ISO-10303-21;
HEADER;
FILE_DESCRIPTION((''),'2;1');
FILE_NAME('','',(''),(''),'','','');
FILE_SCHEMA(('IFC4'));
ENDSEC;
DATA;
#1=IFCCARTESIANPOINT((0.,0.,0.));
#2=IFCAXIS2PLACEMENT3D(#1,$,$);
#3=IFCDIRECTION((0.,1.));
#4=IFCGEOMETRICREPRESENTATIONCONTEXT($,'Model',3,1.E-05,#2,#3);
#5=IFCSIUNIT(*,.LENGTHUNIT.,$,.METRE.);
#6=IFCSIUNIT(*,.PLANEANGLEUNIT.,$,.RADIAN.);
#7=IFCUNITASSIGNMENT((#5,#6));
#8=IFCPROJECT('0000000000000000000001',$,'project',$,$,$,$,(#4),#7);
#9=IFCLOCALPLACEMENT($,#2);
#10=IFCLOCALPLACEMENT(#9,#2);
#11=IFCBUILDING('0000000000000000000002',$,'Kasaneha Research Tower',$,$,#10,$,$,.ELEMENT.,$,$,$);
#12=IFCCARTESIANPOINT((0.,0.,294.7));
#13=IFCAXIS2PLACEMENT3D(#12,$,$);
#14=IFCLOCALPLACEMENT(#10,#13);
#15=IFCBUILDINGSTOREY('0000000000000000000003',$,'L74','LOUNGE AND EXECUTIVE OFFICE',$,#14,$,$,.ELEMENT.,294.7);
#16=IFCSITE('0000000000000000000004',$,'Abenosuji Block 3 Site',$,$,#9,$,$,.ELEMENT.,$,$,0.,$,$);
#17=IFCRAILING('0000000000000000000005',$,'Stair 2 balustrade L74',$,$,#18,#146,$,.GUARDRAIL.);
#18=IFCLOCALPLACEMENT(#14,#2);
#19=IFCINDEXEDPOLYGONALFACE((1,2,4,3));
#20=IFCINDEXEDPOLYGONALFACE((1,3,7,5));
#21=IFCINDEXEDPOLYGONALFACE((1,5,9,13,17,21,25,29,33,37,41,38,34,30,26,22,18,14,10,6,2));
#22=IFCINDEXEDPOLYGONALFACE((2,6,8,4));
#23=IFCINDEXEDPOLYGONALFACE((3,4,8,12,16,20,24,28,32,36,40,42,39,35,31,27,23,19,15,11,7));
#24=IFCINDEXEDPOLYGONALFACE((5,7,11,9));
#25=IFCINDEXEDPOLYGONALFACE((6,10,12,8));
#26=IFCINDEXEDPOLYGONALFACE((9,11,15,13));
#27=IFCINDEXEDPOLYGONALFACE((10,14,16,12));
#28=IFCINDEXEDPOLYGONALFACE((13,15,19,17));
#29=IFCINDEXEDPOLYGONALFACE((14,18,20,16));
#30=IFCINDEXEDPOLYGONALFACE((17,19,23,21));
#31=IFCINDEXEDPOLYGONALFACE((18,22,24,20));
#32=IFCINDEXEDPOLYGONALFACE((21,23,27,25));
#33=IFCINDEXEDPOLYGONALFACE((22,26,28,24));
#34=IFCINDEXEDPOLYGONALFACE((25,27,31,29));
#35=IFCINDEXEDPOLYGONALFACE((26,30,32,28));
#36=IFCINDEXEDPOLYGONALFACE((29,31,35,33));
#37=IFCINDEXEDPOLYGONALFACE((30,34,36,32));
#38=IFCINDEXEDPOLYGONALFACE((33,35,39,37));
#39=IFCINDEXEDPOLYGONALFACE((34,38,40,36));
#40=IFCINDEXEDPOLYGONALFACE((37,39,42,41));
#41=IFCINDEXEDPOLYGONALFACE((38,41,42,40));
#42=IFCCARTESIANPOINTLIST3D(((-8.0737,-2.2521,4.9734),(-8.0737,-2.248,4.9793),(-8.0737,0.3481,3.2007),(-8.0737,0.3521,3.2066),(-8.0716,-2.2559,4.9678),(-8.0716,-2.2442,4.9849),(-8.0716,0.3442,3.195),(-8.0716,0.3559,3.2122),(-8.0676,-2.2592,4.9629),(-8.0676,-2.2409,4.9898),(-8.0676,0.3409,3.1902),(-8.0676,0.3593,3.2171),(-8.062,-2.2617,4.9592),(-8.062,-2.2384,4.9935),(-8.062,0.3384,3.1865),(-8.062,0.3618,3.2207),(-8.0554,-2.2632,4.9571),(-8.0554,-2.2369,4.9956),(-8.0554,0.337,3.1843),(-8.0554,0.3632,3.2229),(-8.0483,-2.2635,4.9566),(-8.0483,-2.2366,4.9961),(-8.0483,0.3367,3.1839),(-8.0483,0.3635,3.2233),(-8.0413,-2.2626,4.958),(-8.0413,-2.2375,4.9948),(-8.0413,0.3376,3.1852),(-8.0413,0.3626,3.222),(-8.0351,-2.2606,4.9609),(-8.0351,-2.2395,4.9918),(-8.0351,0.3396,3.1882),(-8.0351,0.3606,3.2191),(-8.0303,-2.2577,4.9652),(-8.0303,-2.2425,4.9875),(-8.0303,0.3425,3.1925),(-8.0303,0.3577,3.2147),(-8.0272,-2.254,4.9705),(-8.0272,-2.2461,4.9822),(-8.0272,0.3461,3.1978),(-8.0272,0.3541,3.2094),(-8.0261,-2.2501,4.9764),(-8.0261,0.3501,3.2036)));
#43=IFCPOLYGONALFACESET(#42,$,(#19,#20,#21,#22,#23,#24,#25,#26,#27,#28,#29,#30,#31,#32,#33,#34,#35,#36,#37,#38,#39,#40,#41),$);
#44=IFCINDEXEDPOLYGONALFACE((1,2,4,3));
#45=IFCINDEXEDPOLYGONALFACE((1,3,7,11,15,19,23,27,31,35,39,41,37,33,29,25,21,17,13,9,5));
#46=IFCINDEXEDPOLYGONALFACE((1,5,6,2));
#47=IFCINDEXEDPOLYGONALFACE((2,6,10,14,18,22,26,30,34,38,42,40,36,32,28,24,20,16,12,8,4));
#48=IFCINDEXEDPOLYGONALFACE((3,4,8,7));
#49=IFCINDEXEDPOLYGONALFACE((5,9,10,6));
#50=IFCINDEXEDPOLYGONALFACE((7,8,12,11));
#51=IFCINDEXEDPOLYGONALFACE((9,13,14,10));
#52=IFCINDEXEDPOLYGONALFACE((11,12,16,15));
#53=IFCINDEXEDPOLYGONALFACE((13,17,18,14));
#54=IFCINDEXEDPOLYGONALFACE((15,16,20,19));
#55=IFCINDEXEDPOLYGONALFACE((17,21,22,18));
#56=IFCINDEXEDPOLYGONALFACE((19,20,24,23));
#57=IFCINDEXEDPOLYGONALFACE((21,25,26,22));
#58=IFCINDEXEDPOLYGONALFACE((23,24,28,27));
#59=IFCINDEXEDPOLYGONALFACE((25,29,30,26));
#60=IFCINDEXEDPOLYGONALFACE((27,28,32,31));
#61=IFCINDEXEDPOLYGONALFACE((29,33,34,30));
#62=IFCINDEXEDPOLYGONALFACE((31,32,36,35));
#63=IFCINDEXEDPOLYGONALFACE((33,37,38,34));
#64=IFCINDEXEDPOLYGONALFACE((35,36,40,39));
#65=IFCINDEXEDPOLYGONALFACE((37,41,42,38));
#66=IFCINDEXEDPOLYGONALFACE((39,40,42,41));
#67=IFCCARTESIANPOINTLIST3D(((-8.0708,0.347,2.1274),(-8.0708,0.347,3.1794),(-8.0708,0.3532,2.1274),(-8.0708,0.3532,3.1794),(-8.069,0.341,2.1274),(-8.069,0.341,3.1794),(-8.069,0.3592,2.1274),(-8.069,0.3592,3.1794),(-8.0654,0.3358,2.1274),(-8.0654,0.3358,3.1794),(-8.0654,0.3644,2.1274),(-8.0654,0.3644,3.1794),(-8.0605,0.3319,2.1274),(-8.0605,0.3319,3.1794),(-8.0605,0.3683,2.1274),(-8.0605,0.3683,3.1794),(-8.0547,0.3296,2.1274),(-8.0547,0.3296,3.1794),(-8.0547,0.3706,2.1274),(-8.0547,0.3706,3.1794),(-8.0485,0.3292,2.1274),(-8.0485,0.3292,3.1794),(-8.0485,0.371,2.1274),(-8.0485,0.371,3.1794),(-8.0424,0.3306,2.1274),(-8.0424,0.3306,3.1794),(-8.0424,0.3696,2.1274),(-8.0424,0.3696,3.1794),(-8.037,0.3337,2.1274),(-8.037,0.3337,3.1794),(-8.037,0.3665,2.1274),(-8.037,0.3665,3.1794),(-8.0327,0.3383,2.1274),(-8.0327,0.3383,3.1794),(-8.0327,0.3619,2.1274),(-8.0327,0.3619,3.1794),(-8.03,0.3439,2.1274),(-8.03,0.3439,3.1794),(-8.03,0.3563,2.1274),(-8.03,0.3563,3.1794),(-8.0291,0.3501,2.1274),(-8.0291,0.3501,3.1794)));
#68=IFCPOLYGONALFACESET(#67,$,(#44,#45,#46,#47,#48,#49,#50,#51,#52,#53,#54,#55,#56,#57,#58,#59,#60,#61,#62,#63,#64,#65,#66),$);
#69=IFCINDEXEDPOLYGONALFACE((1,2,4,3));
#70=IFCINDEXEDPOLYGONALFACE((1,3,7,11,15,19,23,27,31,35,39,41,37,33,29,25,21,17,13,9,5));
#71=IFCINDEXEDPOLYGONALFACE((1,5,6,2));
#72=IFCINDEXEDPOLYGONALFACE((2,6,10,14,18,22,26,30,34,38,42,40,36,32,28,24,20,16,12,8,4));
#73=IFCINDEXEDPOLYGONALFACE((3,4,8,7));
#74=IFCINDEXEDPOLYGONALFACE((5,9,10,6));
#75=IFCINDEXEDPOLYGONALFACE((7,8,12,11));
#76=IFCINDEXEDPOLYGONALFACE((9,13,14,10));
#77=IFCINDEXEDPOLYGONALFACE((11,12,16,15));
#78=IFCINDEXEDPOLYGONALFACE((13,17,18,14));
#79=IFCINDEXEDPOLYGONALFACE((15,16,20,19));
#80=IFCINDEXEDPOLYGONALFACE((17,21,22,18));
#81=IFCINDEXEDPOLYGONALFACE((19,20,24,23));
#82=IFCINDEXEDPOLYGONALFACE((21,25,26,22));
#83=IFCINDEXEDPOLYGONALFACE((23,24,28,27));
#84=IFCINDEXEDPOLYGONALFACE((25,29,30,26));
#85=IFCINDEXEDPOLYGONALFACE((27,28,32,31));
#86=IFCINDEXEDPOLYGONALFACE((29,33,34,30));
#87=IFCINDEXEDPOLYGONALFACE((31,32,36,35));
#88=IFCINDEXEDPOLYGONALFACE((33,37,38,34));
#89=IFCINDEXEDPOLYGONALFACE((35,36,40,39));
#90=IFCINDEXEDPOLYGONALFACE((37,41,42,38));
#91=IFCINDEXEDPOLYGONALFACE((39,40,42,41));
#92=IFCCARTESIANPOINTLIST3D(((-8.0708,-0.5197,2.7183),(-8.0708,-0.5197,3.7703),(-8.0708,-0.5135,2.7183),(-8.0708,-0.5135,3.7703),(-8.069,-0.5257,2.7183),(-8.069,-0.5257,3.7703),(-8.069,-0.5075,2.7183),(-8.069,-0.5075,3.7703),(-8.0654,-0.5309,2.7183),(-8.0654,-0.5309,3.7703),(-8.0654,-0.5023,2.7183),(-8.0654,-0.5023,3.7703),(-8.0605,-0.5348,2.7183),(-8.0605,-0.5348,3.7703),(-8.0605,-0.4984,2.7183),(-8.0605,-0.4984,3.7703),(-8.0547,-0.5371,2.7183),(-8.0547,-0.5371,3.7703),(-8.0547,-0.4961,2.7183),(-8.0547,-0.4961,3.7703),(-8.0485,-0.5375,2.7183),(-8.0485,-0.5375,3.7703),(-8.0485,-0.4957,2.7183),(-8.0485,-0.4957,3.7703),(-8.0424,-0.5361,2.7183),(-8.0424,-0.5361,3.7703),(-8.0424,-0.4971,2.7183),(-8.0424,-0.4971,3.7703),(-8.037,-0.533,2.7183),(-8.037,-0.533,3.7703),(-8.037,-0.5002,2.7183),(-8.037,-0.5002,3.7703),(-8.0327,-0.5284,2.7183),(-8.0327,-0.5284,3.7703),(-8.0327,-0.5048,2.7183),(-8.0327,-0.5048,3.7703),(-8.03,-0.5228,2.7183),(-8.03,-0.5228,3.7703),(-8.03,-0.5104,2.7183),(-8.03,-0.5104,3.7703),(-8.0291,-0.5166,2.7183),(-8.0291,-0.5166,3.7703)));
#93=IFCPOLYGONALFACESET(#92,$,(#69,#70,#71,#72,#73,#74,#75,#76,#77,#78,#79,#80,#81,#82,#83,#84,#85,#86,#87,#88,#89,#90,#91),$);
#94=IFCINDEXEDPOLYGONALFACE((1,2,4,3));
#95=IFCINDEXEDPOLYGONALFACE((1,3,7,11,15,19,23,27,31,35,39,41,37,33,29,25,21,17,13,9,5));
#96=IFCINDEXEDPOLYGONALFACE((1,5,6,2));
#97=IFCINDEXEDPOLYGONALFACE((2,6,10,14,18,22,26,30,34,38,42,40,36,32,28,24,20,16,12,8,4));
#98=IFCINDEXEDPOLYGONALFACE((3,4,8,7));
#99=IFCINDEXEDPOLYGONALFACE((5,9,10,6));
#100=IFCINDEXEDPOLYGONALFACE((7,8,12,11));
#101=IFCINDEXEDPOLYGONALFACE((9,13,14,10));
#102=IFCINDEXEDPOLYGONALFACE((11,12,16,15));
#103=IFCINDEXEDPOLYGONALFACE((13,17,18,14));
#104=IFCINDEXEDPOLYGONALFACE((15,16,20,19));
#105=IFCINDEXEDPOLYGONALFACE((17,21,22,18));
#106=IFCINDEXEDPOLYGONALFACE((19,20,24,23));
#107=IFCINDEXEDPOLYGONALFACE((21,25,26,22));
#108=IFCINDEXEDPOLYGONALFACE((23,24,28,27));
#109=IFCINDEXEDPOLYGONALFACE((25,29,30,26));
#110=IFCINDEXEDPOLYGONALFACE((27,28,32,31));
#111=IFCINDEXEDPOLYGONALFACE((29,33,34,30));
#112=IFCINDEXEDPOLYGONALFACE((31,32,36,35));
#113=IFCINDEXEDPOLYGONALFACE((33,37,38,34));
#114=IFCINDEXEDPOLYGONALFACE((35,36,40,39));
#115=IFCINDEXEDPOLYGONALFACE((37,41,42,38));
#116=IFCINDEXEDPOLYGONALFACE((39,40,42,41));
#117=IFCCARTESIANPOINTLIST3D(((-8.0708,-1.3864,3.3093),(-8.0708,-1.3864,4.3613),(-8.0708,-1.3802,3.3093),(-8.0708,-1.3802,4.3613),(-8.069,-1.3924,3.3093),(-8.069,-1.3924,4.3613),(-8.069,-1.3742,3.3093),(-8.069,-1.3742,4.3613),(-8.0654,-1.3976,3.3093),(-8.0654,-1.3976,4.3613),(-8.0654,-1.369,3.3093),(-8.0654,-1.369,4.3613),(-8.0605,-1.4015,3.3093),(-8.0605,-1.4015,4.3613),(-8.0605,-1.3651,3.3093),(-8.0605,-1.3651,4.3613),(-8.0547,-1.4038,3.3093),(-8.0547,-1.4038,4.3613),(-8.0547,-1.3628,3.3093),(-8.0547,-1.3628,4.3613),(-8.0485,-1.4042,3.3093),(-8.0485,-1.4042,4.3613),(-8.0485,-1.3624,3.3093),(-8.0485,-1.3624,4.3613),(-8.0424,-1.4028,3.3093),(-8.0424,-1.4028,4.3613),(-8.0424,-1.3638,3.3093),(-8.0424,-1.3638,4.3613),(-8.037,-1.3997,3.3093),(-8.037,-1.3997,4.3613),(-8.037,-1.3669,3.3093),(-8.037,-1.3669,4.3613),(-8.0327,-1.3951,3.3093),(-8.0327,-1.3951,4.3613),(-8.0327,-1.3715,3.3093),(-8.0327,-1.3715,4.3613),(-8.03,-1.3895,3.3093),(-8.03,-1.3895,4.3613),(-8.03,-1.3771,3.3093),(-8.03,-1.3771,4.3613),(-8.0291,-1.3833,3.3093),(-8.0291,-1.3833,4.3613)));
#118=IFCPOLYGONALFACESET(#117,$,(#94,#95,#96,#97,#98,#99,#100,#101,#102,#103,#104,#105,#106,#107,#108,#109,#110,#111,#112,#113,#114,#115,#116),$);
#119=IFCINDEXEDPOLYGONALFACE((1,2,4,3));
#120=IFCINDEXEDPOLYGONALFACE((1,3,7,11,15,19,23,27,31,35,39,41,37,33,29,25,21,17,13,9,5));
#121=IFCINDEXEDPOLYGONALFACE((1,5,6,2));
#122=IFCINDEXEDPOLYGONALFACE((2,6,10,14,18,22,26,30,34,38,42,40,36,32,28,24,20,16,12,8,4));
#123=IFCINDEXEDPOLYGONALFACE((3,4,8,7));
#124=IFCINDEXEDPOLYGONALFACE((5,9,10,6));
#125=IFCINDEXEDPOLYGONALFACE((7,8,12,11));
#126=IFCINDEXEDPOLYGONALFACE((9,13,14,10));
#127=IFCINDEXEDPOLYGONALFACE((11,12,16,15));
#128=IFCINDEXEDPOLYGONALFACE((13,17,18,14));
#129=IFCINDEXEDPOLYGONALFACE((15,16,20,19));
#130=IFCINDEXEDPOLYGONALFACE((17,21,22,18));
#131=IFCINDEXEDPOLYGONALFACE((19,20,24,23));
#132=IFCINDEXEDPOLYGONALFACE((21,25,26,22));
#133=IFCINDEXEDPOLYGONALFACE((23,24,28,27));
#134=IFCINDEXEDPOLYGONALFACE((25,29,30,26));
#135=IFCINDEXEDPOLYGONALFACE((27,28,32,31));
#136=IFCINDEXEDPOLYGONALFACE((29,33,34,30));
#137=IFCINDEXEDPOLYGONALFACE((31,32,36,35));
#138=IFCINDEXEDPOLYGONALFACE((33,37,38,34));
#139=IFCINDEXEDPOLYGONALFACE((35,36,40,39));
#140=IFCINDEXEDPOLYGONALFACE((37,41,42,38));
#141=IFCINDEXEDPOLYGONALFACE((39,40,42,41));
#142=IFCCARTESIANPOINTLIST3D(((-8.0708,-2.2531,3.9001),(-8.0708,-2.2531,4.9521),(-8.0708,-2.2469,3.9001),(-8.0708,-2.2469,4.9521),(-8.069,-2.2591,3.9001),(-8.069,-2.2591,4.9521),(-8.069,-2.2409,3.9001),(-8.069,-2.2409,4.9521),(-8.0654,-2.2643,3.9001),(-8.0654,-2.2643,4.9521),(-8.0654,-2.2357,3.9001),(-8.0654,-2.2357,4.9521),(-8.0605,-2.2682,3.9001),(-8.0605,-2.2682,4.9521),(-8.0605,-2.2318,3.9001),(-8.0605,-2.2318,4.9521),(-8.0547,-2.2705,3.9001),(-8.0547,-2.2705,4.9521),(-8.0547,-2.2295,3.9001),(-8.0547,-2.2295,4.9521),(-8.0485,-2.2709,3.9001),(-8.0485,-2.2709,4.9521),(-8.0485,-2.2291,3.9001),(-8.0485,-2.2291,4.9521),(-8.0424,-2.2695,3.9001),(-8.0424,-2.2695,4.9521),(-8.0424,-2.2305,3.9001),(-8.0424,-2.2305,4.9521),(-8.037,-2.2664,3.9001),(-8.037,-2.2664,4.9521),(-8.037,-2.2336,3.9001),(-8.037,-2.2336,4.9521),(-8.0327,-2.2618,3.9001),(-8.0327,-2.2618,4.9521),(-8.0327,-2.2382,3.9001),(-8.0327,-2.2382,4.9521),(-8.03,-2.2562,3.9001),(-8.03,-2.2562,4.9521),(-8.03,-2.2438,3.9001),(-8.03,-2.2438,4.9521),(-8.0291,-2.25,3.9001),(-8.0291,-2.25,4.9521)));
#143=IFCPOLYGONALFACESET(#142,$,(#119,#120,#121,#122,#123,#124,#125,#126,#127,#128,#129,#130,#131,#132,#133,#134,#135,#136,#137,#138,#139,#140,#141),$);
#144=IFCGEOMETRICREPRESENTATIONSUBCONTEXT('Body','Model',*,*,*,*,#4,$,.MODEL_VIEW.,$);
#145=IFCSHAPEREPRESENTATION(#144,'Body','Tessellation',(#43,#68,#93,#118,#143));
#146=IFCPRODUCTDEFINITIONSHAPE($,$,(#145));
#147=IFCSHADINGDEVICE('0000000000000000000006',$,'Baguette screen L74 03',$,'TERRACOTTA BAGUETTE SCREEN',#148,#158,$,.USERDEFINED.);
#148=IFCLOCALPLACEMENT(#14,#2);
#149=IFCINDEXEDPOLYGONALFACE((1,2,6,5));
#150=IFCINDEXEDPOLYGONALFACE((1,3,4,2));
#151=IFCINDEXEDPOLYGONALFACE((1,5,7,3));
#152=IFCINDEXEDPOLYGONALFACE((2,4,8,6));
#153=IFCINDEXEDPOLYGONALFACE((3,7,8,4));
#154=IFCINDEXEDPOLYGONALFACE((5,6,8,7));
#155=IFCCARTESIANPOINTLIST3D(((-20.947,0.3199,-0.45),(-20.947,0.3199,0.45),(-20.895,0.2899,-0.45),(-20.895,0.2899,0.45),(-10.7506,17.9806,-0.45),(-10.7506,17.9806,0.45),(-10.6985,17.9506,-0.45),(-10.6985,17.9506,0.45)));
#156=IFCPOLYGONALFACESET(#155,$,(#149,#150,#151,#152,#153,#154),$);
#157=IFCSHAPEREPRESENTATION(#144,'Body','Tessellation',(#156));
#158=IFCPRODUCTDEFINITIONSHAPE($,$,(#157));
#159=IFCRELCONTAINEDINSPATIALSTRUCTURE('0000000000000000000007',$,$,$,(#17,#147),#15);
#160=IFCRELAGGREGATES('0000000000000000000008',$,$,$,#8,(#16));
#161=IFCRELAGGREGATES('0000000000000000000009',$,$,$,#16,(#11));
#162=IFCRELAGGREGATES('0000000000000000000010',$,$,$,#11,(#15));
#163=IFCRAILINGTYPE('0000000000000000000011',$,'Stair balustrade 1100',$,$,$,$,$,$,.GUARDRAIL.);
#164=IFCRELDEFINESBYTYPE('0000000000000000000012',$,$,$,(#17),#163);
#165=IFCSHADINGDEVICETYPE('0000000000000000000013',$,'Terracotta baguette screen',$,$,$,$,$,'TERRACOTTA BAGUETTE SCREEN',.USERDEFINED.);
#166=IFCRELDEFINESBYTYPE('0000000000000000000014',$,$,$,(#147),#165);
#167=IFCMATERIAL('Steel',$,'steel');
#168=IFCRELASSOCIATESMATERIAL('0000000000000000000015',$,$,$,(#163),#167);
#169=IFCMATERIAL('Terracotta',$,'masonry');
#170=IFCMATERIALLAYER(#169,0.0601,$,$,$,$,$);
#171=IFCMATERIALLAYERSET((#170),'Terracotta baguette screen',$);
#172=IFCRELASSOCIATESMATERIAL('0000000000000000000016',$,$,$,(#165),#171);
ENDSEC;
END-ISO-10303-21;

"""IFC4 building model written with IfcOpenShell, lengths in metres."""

from ifc_helpers import new_model, si_unit, direction, frame, origin, origin_2d, place, context, subcontext, project, spatial, rectangle, circle, extrude, material, layer, layer_set, type_object, element, save


model = new_model("IFC4")

# Units and contexts
model_context = context("Model", 3, precision=1e-05, world=origin(), true_north=direction((0.0, 1.0)))
body_context = subcontext(model_context, "Body", "Model", "MODEL_VIEW")
ifc_project = project(units=[si_unit("LENGTHUNIT", "METRE"), si_unit("PLANEANGLEUNIT", "RADIAN")], contexts=[model_context])

# Site, building, storey
site_placement = place(None, origin())
site = spatial("IfcSite", under=ifc_project, at=site_placement, Name="Abenosuji Block 3 Site", CompositionType="ELEMENT", RefElevation=0.0)
building_placement = place(site_placement, origin())
building = spatial("IfcBuilding", under=site, at=building_placement, Name="Kasaneha Research Tower", CompositionType="ELEMENT")
storey_placement = place(building_placement, frame((0.0, 0.0, 294.7)))
storey = spatial("IfcBuildingStorey", under=building, at=storey_placement, Name="L74", Description="LOUNGE AND EXECUTIVE OFFICE", CompositionType="ELEMENT", Elevation=294.7)

# Railing
ifc_material_1 = material(Name="Steel", Category="steel")
railing_type = type_object("IfcRailingType", Name="Stair balustrade 1100", PredefinedType="GUARDRAIL", material=ifc_material_1)
railing_placement = place(storey_placement, frame((-8.05, 0.3501, 2.1274)))
element("IfcRailing", 1, at=railing_placement, inside=storey, type_object=railing_type, Name="Stair 2 balustrade L74", PredefinedType="GUARDRAIL", context=body_context, shape_type="SweptSolid", body=[
    extrude(circle(Radius=0.0239, at=origin_2d()), frame((0.0, 0.0, 1.0762), z_axis=(0.0, -0.82624, 0.563318), x_axis=(1.0, 0.0, 0.0)), (0.0, 0.0, 1.0), 3.147),
    extrude(circle(Radius=0.021, at=origin_2d()), origin(), (0.0, 0.0, 1.0), 1.052),
    extrude(circle(Radius=0.021, at=origin_2d()), frame((0.0, -0.8667, 0.5908)), (0.0, 0.0, 1.0), 1.052),
    extrude(circle(Radius=0.021, at=origin_2d()), frame((0.0, -1.7334, 1.1819)), (0.0, 0.0, 1.0), 1.052),
    extrude(circle(Radius=0.021, at=origin_2d()), frame((0.0, -2.6001, 1.7727)), (0.0, 0.0, 1.0), 1.052),
])

# Shading device
ifc_material_2 = material(Name="Terracotta", Category="masonry")
ifc_layer_1 = layer(ifc_material_2, 0.0601)
ifc_layer_set_1 = layer_set([ifc_layer_1], Name="Terracotta baguette screen")
shading_device_type = type_object("IfcShadingDeviceType", Name="Terracotta baguette screen", ElementType="TERRACOTTA BAGUETTE SCREEN", PredefinedType="USERDEFINED", material=ifc_layer_set_1)
shading_device_placement = place(storey_placement, frame((-15.8228, 9.1353, -0.45), z_axis=(0.0, 0.0, 1.0), x_axis=(-0.5, -0.866025, 0.0)))
element("IfcShadingDevice", 2, at=shading_device_placement, inside=storey, type_object=shading_device_type, Name="Baguette screen L74 03", ObjectType="TERRACOTTA BAGUETTE SCREEN", PredefinedType="USERDEFINED", context=body_context, shape_type="SweptSolid", body=[
    extrude(rectangle(XDim=20.3928, YDim=0.0601, at=origin_2d()), origin(), (0.0, 0.0, 1.0), 0.8999),
])

save(model, "model.ifc")
